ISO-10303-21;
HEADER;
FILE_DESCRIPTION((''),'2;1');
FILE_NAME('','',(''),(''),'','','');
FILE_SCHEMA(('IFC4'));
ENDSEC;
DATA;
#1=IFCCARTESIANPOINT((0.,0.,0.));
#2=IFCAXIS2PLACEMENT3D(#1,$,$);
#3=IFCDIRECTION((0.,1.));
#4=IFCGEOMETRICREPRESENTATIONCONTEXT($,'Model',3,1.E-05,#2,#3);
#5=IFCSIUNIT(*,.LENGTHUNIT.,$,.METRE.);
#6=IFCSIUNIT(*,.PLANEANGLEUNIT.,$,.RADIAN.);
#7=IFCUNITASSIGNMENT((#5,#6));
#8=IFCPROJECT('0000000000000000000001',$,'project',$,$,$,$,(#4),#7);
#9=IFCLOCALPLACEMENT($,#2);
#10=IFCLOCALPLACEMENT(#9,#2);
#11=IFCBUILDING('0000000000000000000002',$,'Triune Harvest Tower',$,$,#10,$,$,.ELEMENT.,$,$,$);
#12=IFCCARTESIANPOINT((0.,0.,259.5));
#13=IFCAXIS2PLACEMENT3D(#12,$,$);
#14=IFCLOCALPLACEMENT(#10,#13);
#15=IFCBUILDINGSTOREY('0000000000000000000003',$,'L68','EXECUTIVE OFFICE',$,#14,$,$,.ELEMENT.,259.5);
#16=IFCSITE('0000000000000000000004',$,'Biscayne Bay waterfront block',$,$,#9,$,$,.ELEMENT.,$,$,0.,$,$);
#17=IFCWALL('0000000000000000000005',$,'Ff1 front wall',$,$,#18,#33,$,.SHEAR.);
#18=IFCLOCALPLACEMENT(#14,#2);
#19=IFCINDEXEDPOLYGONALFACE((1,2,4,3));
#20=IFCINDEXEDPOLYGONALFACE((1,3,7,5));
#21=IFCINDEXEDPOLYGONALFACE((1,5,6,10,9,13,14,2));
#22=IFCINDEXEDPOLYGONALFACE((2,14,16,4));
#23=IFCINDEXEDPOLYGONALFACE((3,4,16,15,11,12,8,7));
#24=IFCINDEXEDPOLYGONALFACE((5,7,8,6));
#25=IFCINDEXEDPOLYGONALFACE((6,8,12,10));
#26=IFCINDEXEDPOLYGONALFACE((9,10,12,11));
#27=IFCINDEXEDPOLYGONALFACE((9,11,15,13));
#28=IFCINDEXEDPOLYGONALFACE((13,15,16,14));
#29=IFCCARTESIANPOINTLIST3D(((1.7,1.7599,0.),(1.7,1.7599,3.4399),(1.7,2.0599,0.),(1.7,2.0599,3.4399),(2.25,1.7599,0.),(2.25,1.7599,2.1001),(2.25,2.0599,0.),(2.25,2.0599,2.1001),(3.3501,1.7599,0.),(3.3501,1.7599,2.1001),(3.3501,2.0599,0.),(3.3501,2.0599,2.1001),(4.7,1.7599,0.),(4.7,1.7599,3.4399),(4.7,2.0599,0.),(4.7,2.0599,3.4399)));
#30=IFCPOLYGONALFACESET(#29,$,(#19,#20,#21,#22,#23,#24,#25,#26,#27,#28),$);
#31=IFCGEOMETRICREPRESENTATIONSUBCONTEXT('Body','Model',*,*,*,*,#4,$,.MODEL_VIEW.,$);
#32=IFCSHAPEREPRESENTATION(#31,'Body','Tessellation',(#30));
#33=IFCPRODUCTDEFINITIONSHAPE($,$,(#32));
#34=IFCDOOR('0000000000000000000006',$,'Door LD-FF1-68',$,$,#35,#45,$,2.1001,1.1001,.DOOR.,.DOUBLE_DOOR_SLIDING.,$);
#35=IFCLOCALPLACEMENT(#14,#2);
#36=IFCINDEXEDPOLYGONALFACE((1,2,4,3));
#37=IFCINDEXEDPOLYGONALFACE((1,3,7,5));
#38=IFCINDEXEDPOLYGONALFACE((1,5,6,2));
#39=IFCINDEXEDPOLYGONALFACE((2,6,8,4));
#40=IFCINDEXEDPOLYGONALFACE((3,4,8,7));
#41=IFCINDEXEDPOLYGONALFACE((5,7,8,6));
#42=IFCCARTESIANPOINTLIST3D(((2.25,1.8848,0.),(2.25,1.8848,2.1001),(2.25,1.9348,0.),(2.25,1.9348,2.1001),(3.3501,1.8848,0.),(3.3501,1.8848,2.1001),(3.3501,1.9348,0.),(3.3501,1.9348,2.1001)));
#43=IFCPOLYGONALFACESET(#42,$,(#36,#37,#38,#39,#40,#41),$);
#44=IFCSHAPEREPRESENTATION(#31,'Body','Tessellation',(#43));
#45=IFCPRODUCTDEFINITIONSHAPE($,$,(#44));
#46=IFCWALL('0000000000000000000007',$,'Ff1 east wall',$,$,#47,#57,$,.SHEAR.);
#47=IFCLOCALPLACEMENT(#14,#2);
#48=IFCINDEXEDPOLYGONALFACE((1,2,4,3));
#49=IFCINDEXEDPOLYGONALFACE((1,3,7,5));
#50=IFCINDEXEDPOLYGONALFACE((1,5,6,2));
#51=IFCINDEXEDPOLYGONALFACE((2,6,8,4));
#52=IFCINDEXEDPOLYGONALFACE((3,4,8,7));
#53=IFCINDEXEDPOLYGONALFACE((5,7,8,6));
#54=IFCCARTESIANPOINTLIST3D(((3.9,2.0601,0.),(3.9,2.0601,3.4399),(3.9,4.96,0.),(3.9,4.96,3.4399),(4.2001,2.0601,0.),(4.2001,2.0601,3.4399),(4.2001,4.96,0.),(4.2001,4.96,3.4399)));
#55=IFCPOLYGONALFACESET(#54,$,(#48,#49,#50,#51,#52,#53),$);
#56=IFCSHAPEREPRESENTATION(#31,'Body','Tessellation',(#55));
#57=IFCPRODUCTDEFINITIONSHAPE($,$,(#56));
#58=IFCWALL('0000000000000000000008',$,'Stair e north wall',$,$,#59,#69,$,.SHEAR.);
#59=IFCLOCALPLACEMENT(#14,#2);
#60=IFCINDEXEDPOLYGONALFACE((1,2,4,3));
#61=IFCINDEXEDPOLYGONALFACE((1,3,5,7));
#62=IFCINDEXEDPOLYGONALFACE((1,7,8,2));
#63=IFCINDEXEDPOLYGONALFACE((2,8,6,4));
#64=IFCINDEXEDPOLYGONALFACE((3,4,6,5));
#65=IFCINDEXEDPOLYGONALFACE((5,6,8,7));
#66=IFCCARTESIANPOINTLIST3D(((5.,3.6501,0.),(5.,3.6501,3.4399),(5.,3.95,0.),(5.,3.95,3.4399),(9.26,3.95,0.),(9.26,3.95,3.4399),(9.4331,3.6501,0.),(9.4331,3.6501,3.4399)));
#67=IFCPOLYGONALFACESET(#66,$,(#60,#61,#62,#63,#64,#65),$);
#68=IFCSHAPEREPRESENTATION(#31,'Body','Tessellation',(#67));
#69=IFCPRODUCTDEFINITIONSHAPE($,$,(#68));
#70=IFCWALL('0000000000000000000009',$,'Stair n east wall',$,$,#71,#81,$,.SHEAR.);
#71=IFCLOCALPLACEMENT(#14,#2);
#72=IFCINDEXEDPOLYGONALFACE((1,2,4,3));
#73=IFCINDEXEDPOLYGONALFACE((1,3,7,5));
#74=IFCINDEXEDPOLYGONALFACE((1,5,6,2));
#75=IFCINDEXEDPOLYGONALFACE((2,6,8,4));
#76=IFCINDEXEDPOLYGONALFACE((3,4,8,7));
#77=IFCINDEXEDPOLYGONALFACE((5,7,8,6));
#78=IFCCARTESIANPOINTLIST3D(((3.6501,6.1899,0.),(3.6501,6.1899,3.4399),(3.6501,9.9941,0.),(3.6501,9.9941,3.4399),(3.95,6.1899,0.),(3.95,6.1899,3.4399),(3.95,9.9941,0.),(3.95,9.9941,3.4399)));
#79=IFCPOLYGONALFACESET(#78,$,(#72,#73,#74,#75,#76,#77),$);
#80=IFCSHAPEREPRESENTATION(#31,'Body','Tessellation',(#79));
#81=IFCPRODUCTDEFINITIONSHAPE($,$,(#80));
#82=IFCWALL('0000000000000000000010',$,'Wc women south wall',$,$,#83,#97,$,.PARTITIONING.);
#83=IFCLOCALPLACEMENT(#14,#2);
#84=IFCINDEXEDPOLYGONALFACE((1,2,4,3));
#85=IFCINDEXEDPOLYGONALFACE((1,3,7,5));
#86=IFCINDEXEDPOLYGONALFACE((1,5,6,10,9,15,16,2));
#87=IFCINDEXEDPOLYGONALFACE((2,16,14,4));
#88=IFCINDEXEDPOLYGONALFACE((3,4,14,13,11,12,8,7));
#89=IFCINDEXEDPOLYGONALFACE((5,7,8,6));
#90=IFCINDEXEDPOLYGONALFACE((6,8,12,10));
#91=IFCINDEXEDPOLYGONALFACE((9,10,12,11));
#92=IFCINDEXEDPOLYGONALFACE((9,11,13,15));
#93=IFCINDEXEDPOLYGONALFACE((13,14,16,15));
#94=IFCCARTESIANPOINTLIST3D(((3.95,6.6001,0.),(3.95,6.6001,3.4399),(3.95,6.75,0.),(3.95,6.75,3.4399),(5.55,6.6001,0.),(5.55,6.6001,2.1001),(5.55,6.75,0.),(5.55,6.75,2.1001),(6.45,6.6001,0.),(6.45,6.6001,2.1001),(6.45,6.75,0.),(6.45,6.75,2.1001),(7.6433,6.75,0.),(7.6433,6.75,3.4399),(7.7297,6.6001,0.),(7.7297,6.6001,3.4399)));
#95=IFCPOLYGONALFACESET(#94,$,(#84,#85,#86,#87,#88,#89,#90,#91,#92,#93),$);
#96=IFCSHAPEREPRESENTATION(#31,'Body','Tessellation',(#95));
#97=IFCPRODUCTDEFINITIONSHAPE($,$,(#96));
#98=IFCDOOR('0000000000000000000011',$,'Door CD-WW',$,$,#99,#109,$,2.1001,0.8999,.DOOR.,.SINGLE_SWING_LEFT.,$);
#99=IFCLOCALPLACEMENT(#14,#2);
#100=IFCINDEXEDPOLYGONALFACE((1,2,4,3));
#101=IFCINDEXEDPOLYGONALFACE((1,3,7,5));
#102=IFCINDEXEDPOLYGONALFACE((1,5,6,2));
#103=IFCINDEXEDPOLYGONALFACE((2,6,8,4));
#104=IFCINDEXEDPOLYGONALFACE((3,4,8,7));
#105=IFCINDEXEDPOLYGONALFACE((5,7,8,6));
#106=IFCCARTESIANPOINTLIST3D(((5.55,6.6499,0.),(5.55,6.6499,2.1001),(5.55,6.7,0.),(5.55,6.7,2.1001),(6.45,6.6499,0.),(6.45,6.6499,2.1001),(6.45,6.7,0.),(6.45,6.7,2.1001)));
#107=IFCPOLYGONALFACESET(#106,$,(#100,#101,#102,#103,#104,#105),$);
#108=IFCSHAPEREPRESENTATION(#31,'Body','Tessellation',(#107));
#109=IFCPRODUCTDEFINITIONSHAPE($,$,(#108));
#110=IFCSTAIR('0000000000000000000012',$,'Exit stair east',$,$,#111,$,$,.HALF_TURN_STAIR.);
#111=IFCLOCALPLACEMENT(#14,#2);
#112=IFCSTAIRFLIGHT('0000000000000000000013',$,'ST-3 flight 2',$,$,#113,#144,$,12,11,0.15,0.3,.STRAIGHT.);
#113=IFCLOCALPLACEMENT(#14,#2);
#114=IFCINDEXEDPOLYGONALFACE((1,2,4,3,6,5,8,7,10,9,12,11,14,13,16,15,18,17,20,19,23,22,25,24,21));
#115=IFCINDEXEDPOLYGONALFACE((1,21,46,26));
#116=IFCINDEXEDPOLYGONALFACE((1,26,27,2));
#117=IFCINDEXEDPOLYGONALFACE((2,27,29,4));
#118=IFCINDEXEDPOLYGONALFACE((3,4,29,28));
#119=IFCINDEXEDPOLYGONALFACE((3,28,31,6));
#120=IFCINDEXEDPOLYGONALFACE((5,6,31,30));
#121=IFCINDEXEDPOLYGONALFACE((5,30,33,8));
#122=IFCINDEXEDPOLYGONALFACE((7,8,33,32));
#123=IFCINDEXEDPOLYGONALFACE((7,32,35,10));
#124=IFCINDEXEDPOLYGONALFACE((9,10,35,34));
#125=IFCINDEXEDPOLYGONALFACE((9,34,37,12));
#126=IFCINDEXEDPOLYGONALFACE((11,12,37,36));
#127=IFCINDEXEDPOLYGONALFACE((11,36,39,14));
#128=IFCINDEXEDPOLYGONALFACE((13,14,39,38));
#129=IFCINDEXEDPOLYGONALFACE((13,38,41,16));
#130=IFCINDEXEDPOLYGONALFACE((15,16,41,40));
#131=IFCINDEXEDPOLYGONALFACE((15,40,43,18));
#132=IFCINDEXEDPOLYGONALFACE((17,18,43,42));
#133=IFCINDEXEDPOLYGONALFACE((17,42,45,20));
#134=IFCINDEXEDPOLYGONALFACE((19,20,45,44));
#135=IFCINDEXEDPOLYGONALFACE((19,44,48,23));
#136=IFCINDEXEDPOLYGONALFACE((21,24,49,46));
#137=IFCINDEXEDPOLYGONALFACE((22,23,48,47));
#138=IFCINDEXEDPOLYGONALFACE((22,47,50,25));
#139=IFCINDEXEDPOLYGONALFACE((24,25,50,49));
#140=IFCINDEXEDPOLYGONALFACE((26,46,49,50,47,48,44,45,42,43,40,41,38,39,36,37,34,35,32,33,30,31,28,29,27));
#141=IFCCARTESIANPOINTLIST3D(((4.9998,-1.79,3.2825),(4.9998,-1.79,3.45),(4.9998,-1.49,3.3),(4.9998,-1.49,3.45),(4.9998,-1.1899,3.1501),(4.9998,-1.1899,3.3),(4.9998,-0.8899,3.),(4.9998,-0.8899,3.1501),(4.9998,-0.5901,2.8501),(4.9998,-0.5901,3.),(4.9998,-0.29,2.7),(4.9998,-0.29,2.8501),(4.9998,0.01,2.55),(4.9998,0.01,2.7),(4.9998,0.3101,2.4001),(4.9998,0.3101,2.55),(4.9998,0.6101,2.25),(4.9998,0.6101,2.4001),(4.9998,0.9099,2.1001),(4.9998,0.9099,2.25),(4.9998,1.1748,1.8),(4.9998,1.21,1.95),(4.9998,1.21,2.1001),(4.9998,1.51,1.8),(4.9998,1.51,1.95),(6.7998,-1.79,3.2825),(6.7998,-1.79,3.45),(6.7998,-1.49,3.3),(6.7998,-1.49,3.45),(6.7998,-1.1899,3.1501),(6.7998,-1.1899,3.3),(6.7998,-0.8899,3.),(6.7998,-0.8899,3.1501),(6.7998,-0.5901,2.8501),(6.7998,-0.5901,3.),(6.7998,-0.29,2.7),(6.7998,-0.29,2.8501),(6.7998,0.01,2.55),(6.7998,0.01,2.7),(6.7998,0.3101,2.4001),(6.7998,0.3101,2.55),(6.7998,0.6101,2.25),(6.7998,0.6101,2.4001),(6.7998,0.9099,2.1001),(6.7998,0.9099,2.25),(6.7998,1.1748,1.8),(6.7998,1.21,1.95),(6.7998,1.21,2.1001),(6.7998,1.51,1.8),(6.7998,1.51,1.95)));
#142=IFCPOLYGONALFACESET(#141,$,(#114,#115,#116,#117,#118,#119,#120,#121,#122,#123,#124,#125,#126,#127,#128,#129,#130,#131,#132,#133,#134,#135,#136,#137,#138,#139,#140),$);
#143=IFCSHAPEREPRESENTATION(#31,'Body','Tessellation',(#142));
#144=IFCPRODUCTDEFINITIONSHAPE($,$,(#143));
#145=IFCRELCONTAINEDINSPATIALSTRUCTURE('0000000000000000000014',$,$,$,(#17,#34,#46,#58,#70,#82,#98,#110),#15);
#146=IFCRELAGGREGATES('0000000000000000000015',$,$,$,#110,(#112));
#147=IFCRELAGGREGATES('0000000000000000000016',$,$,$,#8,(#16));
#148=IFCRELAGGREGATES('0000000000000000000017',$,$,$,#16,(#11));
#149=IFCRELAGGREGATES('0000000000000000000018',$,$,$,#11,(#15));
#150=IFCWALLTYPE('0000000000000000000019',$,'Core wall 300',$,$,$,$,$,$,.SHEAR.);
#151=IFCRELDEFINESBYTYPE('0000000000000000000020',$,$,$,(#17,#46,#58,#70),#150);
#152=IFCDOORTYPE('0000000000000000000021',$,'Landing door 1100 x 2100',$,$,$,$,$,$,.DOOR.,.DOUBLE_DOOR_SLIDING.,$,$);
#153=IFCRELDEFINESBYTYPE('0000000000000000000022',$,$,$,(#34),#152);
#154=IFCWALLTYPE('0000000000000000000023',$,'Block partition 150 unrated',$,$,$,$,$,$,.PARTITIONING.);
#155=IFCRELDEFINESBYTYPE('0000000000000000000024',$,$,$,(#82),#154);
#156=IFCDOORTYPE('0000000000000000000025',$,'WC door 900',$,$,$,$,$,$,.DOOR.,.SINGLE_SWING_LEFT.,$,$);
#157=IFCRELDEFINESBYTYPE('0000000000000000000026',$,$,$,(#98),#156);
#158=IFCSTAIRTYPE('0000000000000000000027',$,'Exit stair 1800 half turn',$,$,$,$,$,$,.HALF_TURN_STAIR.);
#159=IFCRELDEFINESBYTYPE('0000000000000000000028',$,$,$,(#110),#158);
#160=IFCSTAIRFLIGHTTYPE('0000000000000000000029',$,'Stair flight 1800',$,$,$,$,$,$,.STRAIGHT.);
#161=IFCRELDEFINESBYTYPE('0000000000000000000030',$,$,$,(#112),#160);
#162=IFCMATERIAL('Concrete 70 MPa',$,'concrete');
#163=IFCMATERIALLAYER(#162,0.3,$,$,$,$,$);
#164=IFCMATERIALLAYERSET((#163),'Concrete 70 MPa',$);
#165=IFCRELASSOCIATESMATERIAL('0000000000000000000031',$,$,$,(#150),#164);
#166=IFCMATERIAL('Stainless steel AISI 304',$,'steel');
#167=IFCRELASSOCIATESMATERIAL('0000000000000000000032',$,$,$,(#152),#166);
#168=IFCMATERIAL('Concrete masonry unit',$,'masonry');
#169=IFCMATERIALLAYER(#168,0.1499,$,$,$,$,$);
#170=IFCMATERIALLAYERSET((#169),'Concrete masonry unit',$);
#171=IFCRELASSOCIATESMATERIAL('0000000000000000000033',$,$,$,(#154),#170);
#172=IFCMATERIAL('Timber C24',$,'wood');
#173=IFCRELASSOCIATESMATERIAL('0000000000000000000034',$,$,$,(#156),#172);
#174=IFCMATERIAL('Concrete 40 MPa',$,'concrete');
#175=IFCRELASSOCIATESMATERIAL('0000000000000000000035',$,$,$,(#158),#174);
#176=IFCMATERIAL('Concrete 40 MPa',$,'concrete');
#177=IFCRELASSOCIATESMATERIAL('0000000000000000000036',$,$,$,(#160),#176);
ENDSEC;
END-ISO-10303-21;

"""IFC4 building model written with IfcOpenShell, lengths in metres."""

from ifc_helpers import new_model, si_unit, direction, frame, frame_2d, origin, place, context, subcontext, project, spatial, polyline, rectangle, outline, extrude, source, transform, mapped, material, layer, layer_set, type_object, element, fill, aggregate, save


model = new_model("IFC4")

# Units and contexts
model_context = context("Model", 3, precision=1e-05, world=origin(), true_north=direction((0.0, 1.0)))
body_context = subcontext(model_context, "Body", "Model", "MODEL_VIEW")
ifc_project = project(units=[si_unit("LENGTHUNIT", "METRE"), si_unit("PLANEANGLEUNIT", "RADIAN")], contexts=[model_context])

# Site, building, storey
site_placement = place(None, origin())
site = spatial("IfcSite", under=ifc_project, at=site_placement, Name="Biscayne Bay waterfront block", CompositionType="ELEMENT", RefElevation=0.0)
building_placement = place(site_placement, origin())
building = spatial("IfcBuilding", under=site, at=building_placement, Name="Triune Harvest Tower", CompositionType="ELEMENT")
storey_placement = place(building_placement, frame((0.0, 0.0, 259.5)))
storey = spatial("IfcBuildingStorey", under=building, at=storey_placement, Name="L68", Description="EXECUTIVE OFFICE", CompositionType="ELEMENT", Elevation=259.5)

# Shared definitions
ifc_material_1 = material(Name="Concrete 70 MPa", Category="concrete")
ifc_layer_1 = layer(ifc_material_1, 0.3)
ifc_layer_set_1 = layer_set([ifc_layer_1], Name="Concrete 70 MPa")
wall_type_1 = type_object("IfcWallType", Name="Core wall 300", PredefinedType="SHEAR", material=ifc_layer_set_1)

# Wall, opening, door
shared_shape_1 = source(origin(), body_context, "Body", "SweptSolid", [
    extrude(rectangle(XDim=3.0, YDim=0.3, at=frame_2d((1.5, 0.0))), origin(), (0.0, 0.0, 1.0), 3.4399),
])
wall_1_placement = place(storey_placement, frame((1.7, 1.9099, 0.0), z_axis=(0.0, 0.0, 1.0), x_axis=(1.0, 0.0, 0.0)))
wall_1 = element("IfcWall", 1, at=wall_1_placement, inside=storey, type_object=wall_type_1, Name="Ff1 front wall", PredefinedType="SHEAR", context=body_context, shape_type="MappedRepresentation", body=[
    mapped(shared_shape_1, transform((0.0, 0.0, 0.0), scale=1.0)),
])
opening_1_placement = place(wall_1_placement, frame((0.55, 0.0, 0.0)))
opening_1 = element("IfcOpeningElement", 2, at=opening_1_placement, cuts=wall_1, PredefinedType="OPENING", context=body_context, shape_type="SweptSolid", body=[
    extrude(rectangle(XDim=1.1001, YDim=2.1001, at=frame_2d((0.55, 1.05))), frame((0.0, 0.1602, 0.0), z_axis=(0.0, -1.0, 0.0), x_axis=(1.0, 0.0, 0.0)), (0.0, 0.0, 1.0), 0.3201),
])
ifc_material_2 = material(Name="Stainless steel AISI 304", Category="steel")
door_type_1 = type_object("IfcDoorType", Name="Landing door 1100 x 2100", OperationType="DOUBLE_DOOR_SLIDING", PredefinedType="DOOR", material=ifc_material_2)
door_1_placement = place(opening_1_placement, origin())
door_1 = element("IfcDoor", 3, at=door_1_placement, inside=storey, type_object=door_type_1, Name="Door LD-FF1-68", OperationType="DOUBLE_DOOR_SLIDING", OverallHeight=2.1001, OverallWidth=1.1001, PredefinedType="DOOR", context=body_context, shape_type="SweptSolid", body=[
    extrude(rectangle(XDim=1.1001, YDim=2.1001, at=frame_2d((0.55, 1.05))), frame((0.0, 0.0249, 0.0), z_axis=(0.0, -1.0, 0.0), x_axis=(1.0, 0.0, 0.0)), (0.0, 0.0, 1.0), 0.05),
])
fill(opening_1, door_1)

# Walls
shared_shape_2 = source(origin(), body_context, "Body", "SweptSolid", [
    extrude(rectangle(XDim=2.8999, YDim=0.3, at=frame_2d((1.45, 0.0))), origin(), (0.0, 0.0, 1.0), 3.4399),
])
wall_2_placement = place(storey_placement, frame((4.05, 2.0601, 0.0), z_axis=(0.0, 0.0, 1.0), x_axis=(0.0, 1.0, 0.0)))
element("IfcWall", 4, at=wall_2_placement, inside=storey, type_object=wall_type_1, Name="Ff1 east wall", PredefinedType="SHEAR", context=body_context, shape_type="MappedRepresentation", body=[
    mapped(shared_shape_2, transform((0.0, 0.0, 0.0), scale=1.0)),
])
shared_shape_3 = source(origin(), body_context, "Body", "SweptSolid", [
    extrude(outline(polyline([(0.0, -0.1499), (0.0, 0.1499), (4.26, 0.1499), (4.4331, -0.1499), (0.0, -0.1499)])), origin(), (0.0, 0.0, 1.0), 3.4399),
])
wall_3_placement = place(storey_placement, frame((5.0, 3.8, 0.0), z_axis=(0.0, 0.0, 1.0), x_axis=(1.0, 0.0, 0.0)))
element("IfcWall", 5, at=wall_3_placement, inside=storey, type_object=wall_type_1, Name="Stair e north wall", PredefinedType="SHEAR", context=body_context, shape_type="MappedRepresentation", body=[
    mapped(shared_shape_3, transform((0.0, 0.0, 0.0), scale=1.0)),
])
shared_shape_4 = source(origin(), body_context, "Body", "SweptSolid", [
    extrude(outline(polyline([(0.0, -0.1499), (0.0, 0.1499), (3.8042, 0.1499), (3.8042, -0.1499), (0.0, -0.1499)])), origin(), (0.0, 0.0, 1.0), 3.4399),
])
wall_4_placement = place(storey_placement, frame((3.8, 6.1899, 0.0), z_axis=(0.0, 0.0, 1.0), x_axis=(0.0, 1.0, 0.0)))
element("IfcWall", 6, at=wall_4_placement, inside=storey, type_object=wall_type_1, Name="Stair n east wall", PredefinedType="SHEAR", context=body_context, shape_type="MappedRepresentation", body=[
    mapped(shared_shape_4, transform((0.0, 0.0, 0.0), scale=1.0)),
])

# Wall, opening, door
ifc_material_3 = material(Name="Concrete masonry unit", Category="masonry")
ifc_layer_2 = layer(ifc_material_3, 0.1499)
ifc_layer_set_2 = layer_set([ifc_layer_2], Name="Concrete masonry unit")
wall_type_2 = type_object("IfcWallType", Name="Block partition 150 unrated", PredefinedType="PARTITIONING", material=ifc_layer_set_2)
shared_shape_5 = source(origin(), body_context, "Body", "SweptSolid", [
    extrude(outline(polyline([(0.0, -0.075), (0.0, 0.075), (3.6934, 0.075), (3.7798, -0.075), (0.0, -0.075)])), origin(), (0.0, 0.0, 1.0), 3.4399),
])
wall_5_placement = place(storey_placement, frame((3.95, 6.675, 0.0), z_axis=(0.0, 0.0, 1.0), x_axis=(1.0, 0.0, 0.0)))
wall_5 = element("IfcWall", 7, at=wall_5_placement, inside=storey, type_object=wall_type_2, Name="Wc women south wall", PredefinedType="PARTITIONING", context=body_context, shape_type="MappedRepresentation", body=[
    mapped(shared_shape_5, transform((0.0, 0.0, 0.0), scale=1.0)),
])
opening_2_placement = place(wall_5_placement, frame((1.6001, 0.0, 0.0)))
opening_2 = element("IfcOpeningElement", 8, at=opening_2_placement, cuts=wall_5, PredefinedType="OPENING", context=body_context, shape_type="SweptSolid", body=[
    extrude(rectangle(XDim=0.8999, YDim=2.1001, at=frame_2d((0.45, 1.05))), frame((0.0, 0.085, 0.0), z_axis=(0.0, -1.0, 0.0), x_axis=(1.0, 0.0, 0.0)), (0.0, 0.0, 1.0), 0.1699),
])
ifc_material_4 = material(Name="Timber C24", Category="wood")
door_type_2 = type_object("IfcDoorType", Name="WC door 900", OperationType="SINGLE_SWING_LEFT", PredefinedType="DOOR", material=ifc_material_4)
door_2_placement = place(opening_2_placement, origin())
door_2 = element("IfcDoor", 9, at=door_2_placement, inside=storey, type_object=door_type_2, Name="Door CD-WW", OperationType="SINGLE_SWING_LEFT", OverallHeight=2.1001, OverallWidth=0.8999, PredefinedType="DOOR", context=body_context, shape_type="SweptSolid", body=[
    extrude(rectangle(XDim=0.8999, YDim=2.1001, at=frame_2d((0.45, 1.05))), frame((0.0, 0.0249, 0.0), z_axis=(0.0, -1.0, 0.0), x_axis=(1.0, 0.0, 0.0)), (0.0, 0.0, 1.0), 0.05),
])
fill(opening_2, door_2)

# Stair, stair flight
ifc_material_5 = material(Name="Concrete 40 MPa", Category="concrete")
stair_type = type_object("IfcStairType", Name="Exit stair 1800 half turn", PredefinedType="HALF_TURN_STAIR", material=ifc_material_5)
stair_placement = place(storey_placement, origin())
stair = element("IfcStair", 10, at=stair_placement, inside=storey, type_object=stair_type, Name="Exit stair east", PredefinedType="HALF_TURN_STAIR")
ifc_material_6 = material(Name="Concrete 40 MPa", Category="concrete")
stair_flight_type = type_object("IfcStairFlightType", Name="Stair flight 1800", PredefinedType="STRAIGHT", material=ifc_material_6)
shared_shape_6 = source(origin(), body_context, "Body", "SweptSolid", [
    extrude(outline(polyline([(0.0, 0.0), (0.0, 0.1499), (0.3, 0.1499), (0.3, 0.3), (0.6001, 0.3), (0.6001, 0.45), (0.8999, 0.45), (0.8999, 0.6001), (1.2, 0.6001), (1.2, 0.75), (1.5, 0.75), (1.5, 0.8999), (1.8, 0.8999), (1.8, 1.05), (2.1001, 1.05), (2.1001, 1.2), (2.3999, 1.2), (2.3999, 1.3501), (2.7, 1.3501), (2.7, 1.5), (3.0, 1.5), (3.0, 1.6499), (3.3, 1.6499), (3.3, 1.8), (3.3, 1.4824), (0.3352, 0.0), (0.0, 0.0)])), frame((0.0, 0.8999, 0.0), z_axis=(0.0, -1.0, 0.0), x_axis=(1.0, 0.0, 0.0)), (0.0, 0.0, 1.0), 1.8),
])
stair_flight_placement = place(storey_placement, frame((5.8999, 1.51, 1.8), z_axis=(0.0, 0.0, 1.0), x_axis=(0.0, -1.0, 0.0)))
stair_flight = element("IfcStairFlight", 11, at=stair_flight_placement, type_object=stair_flight_type, Name="ST-3 flight 2", NumberOfRisers=12, NumberOfTreads=11, PredefinedType="STRAIGHT", RiserHeight=0.15, TreadLength=0.3, context=body_context, shape_type="MappedRepresentation", body=[
    mapped(shared_shape_6, transform((0.0, 0.0, 0.0), scale=1.0)),
])
aggregate(stair, [stair_flight])

save(model, "model.ifc")
